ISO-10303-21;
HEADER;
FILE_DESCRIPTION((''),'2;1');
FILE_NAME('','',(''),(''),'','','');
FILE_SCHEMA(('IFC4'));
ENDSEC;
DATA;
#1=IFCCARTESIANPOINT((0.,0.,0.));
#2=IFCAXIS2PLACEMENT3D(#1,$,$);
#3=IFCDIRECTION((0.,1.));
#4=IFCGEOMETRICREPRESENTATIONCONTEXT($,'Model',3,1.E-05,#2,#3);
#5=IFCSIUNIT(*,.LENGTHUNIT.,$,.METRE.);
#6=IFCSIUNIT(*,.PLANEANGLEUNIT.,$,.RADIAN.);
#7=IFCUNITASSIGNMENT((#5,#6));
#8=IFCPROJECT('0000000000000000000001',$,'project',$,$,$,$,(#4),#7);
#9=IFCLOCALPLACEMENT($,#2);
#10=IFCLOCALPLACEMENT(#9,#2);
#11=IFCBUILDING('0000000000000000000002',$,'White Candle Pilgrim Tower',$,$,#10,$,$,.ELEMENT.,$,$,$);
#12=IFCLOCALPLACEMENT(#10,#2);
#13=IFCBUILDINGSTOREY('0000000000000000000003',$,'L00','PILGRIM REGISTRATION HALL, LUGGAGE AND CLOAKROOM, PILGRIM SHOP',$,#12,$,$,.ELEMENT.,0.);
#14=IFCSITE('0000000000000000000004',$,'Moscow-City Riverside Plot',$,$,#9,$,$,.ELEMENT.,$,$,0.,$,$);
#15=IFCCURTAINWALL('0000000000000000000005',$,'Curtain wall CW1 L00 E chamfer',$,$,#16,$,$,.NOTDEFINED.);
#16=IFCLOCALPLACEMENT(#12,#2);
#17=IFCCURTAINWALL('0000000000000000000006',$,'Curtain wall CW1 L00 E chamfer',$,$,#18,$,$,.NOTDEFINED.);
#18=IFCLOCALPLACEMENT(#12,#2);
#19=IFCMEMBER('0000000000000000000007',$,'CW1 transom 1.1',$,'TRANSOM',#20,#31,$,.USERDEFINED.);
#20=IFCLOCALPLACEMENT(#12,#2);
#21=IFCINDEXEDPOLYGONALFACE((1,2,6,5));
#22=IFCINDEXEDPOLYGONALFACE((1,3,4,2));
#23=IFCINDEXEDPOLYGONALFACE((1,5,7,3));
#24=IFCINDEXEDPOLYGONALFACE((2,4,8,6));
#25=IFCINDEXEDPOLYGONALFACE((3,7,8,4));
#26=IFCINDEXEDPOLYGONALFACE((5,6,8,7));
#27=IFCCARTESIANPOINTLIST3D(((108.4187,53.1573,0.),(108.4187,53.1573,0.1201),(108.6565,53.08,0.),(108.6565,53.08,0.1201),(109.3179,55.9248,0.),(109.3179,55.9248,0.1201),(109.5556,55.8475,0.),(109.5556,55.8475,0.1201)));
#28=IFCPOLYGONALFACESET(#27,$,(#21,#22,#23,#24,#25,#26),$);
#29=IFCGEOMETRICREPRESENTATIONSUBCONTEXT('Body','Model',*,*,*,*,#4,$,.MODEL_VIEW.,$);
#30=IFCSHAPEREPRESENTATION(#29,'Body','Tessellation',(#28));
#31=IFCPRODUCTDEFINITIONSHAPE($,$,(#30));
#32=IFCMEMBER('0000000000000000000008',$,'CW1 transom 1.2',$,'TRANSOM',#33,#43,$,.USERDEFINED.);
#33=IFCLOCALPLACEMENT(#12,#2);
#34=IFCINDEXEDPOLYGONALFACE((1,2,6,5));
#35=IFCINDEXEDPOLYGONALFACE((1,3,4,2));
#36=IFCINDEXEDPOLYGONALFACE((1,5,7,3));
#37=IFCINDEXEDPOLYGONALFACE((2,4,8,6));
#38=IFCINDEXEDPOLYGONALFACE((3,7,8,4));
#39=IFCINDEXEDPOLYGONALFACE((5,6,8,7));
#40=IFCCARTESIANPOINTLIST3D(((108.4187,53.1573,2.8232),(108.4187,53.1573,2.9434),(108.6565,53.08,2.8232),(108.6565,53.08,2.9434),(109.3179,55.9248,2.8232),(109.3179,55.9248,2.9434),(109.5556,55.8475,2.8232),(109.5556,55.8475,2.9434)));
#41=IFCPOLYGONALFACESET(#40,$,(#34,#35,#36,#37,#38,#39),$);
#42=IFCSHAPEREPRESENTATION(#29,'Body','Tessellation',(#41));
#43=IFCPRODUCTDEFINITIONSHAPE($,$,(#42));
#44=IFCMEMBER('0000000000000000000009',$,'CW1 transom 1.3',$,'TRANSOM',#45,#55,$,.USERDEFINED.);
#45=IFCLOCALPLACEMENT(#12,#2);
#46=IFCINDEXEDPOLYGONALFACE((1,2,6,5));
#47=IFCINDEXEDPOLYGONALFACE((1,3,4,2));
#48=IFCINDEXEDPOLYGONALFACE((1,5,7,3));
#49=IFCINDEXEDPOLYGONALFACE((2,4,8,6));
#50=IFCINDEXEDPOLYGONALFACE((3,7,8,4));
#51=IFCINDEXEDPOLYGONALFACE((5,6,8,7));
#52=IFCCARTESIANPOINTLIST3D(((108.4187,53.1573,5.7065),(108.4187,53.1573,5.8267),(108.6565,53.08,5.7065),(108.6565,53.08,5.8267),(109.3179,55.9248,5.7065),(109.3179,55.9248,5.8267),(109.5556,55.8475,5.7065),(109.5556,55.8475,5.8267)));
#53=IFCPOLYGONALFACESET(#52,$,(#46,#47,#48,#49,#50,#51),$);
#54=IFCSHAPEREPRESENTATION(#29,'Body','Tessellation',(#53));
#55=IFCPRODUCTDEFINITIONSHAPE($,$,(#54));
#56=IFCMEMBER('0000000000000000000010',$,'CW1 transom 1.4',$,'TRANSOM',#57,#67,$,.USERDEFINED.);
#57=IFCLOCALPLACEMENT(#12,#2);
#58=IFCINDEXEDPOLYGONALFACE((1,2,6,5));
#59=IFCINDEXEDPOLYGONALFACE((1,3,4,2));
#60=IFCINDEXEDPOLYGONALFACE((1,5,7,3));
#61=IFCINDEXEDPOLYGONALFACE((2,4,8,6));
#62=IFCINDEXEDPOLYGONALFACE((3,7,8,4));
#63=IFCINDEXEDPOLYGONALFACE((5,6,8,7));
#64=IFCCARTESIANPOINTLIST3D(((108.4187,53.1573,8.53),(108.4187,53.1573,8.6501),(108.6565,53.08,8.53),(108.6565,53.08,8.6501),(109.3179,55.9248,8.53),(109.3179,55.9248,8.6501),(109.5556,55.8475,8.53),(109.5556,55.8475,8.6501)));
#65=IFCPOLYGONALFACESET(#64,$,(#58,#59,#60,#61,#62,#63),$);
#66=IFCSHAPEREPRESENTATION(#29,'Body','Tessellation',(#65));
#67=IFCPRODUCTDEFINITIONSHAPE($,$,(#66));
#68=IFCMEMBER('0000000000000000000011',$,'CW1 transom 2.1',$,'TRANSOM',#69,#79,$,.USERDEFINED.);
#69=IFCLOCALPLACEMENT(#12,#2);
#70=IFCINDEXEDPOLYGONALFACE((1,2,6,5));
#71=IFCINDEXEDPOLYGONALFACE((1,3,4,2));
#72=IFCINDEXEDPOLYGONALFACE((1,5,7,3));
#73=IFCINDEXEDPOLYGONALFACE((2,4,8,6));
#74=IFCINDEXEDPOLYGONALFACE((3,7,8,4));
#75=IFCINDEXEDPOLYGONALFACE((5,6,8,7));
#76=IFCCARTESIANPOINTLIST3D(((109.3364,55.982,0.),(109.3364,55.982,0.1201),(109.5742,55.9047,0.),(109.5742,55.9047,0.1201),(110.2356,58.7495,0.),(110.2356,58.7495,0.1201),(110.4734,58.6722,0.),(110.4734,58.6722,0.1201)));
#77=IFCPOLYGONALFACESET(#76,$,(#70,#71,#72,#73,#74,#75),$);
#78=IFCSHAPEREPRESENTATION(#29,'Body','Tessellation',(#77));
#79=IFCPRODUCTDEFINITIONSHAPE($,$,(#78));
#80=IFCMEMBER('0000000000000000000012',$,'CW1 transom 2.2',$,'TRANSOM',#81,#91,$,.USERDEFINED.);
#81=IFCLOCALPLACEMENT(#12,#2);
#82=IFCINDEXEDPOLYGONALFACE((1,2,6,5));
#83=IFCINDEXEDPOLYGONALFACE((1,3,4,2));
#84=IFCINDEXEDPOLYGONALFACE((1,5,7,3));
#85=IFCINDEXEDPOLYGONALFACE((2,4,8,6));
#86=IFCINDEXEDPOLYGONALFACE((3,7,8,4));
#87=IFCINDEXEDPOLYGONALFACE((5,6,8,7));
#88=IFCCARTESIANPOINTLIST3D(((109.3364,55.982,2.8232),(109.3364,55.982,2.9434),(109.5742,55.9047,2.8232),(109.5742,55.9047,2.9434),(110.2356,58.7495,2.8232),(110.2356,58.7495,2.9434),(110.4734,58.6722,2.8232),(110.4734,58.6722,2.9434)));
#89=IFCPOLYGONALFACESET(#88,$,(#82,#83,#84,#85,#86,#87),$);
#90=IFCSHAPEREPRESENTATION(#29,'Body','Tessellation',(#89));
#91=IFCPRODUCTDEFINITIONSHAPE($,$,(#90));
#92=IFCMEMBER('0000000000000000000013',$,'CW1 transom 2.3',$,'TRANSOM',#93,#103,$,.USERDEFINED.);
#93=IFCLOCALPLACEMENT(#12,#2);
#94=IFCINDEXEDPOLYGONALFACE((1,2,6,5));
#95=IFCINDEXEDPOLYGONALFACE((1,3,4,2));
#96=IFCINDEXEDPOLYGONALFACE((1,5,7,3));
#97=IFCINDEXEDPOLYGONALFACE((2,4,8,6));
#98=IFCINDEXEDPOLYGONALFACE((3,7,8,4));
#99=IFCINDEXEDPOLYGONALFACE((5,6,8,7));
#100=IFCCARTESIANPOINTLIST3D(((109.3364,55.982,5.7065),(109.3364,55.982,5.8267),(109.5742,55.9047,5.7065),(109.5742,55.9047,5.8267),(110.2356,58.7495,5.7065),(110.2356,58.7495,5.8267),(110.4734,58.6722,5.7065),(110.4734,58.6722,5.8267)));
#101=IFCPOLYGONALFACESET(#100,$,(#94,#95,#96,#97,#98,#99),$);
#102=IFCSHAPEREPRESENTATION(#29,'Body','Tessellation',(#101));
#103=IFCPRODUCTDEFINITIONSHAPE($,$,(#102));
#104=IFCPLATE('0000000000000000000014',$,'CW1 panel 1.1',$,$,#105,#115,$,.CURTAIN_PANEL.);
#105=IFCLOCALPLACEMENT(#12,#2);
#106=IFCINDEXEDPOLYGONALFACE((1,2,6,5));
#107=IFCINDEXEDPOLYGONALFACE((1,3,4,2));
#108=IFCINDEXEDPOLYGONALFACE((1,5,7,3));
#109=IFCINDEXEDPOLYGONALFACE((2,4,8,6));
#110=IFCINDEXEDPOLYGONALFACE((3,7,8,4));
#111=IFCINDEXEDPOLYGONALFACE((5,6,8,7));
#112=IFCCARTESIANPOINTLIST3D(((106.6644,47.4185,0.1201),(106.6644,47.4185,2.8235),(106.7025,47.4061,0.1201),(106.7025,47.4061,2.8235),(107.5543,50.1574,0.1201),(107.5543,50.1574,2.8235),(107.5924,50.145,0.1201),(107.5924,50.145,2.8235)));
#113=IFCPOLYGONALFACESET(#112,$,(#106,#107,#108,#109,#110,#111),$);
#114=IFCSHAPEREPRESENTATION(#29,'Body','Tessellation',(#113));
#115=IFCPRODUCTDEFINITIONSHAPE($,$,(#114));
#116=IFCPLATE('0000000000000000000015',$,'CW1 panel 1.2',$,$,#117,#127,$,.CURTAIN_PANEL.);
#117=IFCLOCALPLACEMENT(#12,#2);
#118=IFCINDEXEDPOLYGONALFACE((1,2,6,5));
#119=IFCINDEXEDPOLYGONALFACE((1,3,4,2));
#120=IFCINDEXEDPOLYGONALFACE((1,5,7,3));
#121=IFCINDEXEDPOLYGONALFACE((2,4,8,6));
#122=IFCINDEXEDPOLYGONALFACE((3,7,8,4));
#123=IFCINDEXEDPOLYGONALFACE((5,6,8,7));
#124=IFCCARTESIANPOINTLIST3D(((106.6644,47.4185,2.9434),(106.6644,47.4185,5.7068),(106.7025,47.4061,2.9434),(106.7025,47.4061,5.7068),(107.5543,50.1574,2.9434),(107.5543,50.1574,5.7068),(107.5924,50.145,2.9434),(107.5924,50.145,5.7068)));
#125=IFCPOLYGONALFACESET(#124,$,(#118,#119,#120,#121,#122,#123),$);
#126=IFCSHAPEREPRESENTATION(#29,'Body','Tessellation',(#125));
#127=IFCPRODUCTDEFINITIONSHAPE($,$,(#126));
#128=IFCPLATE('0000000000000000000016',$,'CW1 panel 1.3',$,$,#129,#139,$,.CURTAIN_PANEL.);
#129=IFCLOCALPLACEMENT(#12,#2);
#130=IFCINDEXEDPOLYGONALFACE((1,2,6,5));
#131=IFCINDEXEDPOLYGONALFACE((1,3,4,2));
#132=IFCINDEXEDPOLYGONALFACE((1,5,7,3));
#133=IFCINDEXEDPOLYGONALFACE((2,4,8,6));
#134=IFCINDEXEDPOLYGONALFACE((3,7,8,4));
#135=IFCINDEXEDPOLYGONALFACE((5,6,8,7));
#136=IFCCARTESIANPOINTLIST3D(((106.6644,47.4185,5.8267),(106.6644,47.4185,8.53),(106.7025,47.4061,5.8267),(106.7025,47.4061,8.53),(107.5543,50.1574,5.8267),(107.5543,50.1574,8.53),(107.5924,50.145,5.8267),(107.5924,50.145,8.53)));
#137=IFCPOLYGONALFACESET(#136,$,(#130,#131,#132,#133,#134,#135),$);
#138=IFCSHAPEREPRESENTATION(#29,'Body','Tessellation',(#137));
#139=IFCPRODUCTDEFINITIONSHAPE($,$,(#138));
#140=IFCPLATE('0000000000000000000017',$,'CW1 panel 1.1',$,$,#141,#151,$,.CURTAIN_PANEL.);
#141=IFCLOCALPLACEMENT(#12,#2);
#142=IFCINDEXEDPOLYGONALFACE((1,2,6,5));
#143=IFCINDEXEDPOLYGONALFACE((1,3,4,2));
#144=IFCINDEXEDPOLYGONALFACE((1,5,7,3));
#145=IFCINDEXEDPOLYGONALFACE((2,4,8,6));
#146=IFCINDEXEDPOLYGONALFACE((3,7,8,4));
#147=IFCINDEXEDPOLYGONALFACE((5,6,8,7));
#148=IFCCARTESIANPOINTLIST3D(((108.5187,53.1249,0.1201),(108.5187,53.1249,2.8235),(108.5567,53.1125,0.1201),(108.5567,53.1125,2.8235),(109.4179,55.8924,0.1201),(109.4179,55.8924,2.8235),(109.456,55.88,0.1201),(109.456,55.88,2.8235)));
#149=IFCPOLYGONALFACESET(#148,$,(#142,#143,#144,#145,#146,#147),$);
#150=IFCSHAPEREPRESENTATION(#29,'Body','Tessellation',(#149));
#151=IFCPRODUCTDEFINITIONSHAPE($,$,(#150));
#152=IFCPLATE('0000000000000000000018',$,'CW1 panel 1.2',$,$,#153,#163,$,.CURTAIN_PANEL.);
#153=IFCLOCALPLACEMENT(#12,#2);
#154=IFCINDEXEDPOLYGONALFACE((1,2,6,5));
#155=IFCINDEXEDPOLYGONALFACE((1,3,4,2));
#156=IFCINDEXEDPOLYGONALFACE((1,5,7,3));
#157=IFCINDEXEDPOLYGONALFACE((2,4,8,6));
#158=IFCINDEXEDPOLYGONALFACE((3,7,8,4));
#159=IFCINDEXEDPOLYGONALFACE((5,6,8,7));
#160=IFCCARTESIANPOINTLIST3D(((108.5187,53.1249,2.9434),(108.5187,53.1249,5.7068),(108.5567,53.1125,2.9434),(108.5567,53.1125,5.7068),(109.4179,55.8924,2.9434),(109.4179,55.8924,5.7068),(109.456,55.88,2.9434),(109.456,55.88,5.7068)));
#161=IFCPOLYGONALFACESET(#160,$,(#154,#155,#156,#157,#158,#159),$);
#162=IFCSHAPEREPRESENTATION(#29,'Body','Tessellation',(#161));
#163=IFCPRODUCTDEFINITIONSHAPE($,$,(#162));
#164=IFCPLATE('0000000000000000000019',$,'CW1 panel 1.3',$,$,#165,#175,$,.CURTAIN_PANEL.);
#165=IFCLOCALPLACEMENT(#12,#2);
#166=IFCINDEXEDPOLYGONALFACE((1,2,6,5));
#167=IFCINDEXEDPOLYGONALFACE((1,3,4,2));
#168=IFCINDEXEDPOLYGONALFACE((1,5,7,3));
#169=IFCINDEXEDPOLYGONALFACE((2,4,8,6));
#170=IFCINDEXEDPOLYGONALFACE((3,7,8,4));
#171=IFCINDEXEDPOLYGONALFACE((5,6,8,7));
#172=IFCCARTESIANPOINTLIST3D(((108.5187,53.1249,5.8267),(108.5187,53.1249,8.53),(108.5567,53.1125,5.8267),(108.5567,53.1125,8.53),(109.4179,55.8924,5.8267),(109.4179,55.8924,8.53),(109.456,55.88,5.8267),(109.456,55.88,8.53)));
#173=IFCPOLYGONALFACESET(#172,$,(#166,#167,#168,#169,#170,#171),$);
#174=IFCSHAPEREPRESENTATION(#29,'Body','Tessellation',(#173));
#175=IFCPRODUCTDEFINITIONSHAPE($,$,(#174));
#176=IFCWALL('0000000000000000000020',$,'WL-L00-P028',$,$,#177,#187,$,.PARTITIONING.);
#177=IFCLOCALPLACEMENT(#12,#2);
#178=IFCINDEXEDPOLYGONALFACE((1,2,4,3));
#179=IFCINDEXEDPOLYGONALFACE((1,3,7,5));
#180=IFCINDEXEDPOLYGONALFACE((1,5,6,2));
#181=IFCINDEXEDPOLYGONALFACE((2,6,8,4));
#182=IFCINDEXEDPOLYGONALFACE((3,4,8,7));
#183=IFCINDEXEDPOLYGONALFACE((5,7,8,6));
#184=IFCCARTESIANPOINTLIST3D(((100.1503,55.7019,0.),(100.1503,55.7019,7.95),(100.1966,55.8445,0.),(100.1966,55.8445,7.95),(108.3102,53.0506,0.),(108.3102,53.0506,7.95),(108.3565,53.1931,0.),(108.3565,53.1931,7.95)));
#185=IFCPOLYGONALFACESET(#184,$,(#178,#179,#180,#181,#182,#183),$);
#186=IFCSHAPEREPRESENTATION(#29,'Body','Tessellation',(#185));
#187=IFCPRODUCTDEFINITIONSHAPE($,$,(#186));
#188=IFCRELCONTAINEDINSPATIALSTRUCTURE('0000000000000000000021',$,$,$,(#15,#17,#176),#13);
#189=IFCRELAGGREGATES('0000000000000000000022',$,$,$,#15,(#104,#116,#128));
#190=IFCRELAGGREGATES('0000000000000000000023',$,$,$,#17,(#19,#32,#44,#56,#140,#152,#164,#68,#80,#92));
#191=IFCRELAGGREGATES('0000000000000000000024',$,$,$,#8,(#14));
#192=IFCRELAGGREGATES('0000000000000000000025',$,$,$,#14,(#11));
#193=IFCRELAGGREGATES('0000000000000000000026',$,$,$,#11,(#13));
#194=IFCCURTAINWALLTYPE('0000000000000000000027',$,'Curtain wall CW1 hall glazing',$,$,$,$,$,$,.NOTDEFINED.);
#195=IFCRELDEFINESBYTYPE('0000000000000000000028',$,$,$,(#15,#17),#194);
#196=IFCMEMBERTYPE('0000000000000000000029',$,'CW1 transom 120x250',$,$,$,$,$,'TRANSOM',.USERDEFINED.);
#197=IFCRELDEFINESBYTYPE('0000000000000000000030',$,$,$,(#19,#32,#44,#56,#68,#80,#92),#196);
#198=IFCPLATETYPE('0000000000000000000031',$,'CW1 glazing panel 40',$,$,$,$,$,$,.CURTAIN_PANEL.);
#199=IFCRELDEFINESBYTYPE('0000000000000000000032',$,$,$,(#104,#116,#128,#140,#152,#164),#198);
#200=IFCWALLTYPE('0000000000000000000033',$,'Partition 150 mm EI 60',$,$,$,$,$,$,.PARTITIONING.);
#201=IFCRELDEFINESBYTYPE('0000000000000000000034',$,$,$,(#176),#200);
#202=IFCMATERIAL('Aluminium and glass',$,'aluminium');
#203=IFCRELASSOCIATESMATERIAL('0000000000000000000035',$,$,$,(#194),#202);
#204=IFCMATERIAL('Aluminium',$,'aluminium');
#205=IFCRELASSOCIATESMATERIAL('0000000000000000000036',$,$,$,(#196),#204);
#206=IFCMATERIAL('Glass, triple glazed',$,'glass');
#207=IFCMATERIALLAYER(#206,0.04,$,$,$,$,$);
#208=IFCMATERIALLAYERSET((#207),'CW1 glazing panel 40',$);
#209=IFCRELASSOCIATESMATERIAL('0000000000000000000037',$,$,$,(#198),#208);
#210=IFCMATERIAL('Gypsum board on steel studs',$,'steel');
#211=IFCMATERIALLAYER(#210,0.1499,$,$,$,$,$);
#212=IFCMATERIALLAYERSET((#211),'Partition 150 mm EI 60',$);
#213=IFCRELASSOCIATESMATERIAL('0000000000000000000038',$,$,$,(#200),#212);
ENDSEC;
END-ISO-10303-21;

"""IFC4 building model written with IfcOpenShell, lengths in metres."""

from ifc_helpers import new_model, si_unit, direction, frame, frame_2d, origin, origin_2d, place, context, subcontext, project, spatial, rectangle, extrude, material, layer, layer_set, material_profile, profile_set, type_object, element, aggregate, save


model = new_model("IFC4")

# Units and contexts
model_context = context("Model", 3, precision=1e-05, world=origin(), true_north=direction((0.0, 1.0)))
body_context = subcontext(model_context, "Body", "Model", "MODEL_VIEW")
ifc_project = project(units=[si_unit("LENGTHUNIT", "METRE"), si_unit("PLANEANGLEUNIT", "RADIAN")], contexts=[model_context])

# Site, building, storey
site_placement = place(None, origin())
site = spatial("IfcSite", under=ifc_project, at=site_placement, Name="Moscow-City Riverside Plot", CompositionType="ELEMENT", RefElevation=0.0)
building_placement = place(site_placement, origin())
building = spatial("IfcBuilding", under=site, at=building_placement, Name="White Candle Pilgrim Tower", CompositionType="ELEMENT")
storey_placement = place(building_placement, origin())
storey = spatial("IfcBuildingStorey", under=building, at=storey_placement, Name="L00", Description="PILGRIM REGISTRATION HALL, LUGGAGE AND CLOAKROOM, PILGRIM SHOP", CompositionType="ELEMENT", Elevation=0.0)

# Curtain walls
ifc_material_1 = material(Name="Aluminium and glass", Category="aluminium")
curtain_wall_type = type_object("IfcCurtainWallType", Name="Curtain wall CW1 hall glazing", PredefinedType="NOTDEFINED", material=ifc_material_1)
curtain_wall_1_placement = place(storey_placement, origin())
curtain_wall_1 = element("IfcCurtainWall", 1, at=curtain_wall_1_placement, inside=storey, type_object=curtain_wall_type, Name="Curtain wall CW1 L00 E chamfer", PredefinedType="NOTDEFINED")
ifc_material_2 = material(Name="Aluminium", Category="aluminium")
curtain_wall_2_placement = place(storey_placement, origin())
curtain_wall_2 = element("IfcCurtainWall", 2, at=curtain_wall_2_placement, inside=storey, type_object=curtain_wall_type, Name="Curtain wall CW1 L00 E chamfer", PredefinedType="NOTDEFINED")

# Members
ifc_material_profile_1 = material_profile(ifc_material_2, rectangle(XDim=0.25, YDim=0.1201, at=origin_2d()), Name="CW1 transom 120x250")
ifc_profile_set_1 = profile_set([ifc_material_profile_1], Name="Aluminium")
member_type_1 = type_object("IfcMemberType", Name="CW1 transom 120x250", ElementType="TRANSOM", PredefinedType="USERDEFINED", material=ifc_profile_set_1)
member_1_placement = place(storey_placement, frame((108.5376, 53.1187, 0.0601), z_axis=(0.308995, 0.951064, 0.0), x_axis=(-0.951064, 0.308995, 0.0)))
member_1 = element("IfcMember", 3, at=member_1_placement, type_object=member_type_1, Name="CW1 transom 1.1", ObjectType="TRANSOM", PredefinedType="USERDEFINED", context=body_context, shape_type="SweptSolid", body=[
    extrude(rectangle(XDim=0.25, YDim=0.1201, at=origin_2d()), origin(), (0.0, 0.0, 1.0), 2.9099),
])
member_2_placement = place(storey_placement, frame((108.5376, 53.1187, 2.8833), z_axis=(0.308995, 0.951064, 0.0), x_axis=(-0.951064, 0.308995, 0.0)))
member_2 = element("IfcMember", 4, at=member_2_placement, type_object=member_type_1, Name="CW1 transom 1.2", ObjectType="TRANSOM", PredefinedType="USERDEFINED", context=body_context, shape_type="SweptSolid", body=[
    extrude(rectangle(XDim=0.25, YDim=0.1201, at=origin_2d()), origin(), (0.0, 0.0, 1.0), 2.9099),
])
member_3_placement = place(storey_placement, frame((108.5376, 53.1187, 5.7666), z_axis=(0.308995, 0.951064, 0.0), x_axis=(-0.951064, 0.308995, 0.0)))
member_3 = element("IfcMember", 5, at=member_3_placement, type_object=member_type_1, Name="CW1 transom 1.3", ObjectType="TRANSOM", PredefinedType="USERDEFINED", context=body_context, shape_type="SweptSolid", body=[
    extrude(rectangle(XDim=0.25, YDim=0.1201, at=origin_2d()), origin(), (0.0, 0.0, 1.0), 2.9099),
])
member_4_placement = place(storey_placement, frame((108.5376, 53.1187, 8.5901), z_axis=(0.308995, 0.951064, 0.0), x_axis=(-0.951064, 0.308995, 0.0)))
member_4 = element("IfcMember", 6, at=member_4_placement, type_object=member_type_1, Name="CW1 transom 1.4", ObjectType="TRANSOM", PredefinedType="USERDEFINED", context=body_context, shape_type="SweptSolid", body=[
    extrude(rectangle(XDim=0.25, YDim=0.1201, at=origin_2d()), origin(), (0.0, 0.0, 1.0), 2.9099),
])
member_5_placement = place(storey_placement, frame((109.4553, 55.9434, 0.0601), z_axis=(0.308995, 0.951064, 0.0), x_axis=(-0.951064, 0.308995, 0.0)))
member_5 = element("IfcMember", 7, at=member_5_placement, type_object=member_type_1, Name="CW1 transom 2.1", ObjectType="TRANSOM", PredefinedType="USERDEFINED", context=body_context, shape_type="SweptSolid", body=[
    extrude(rectangle(XDim=0.25, YDim=0.1201, at=origin_2d()), origin(), (0.0, 0.0, 1.0), 2.9099),
])
member_6_placement = place(storey_placement, frame((109.4553, 55.9434, 2.8833), z_axis=(0.308995, 0.951064, 0.0), x_axis=(-0.951064, 0.308995, 0.0)))
member_6 = element("IfcMember", 8, at=member_6_placement, type_object=member_type_1, Name="CW1 transom 2.2", ObjectType="TRANSOM", PredefinedType="USERDEFINED", context=body_context, shape_type="SweptSolid", body=[
    extrude(rectangle(XDim=0.25, YDim=0.1201, at=origin_2d()), origin(), (0.0, 0.0, 1.0), 2.9099),
])
member_7_placement = place(storey_placement, frame((109.4553, 55.9434, 5.7666), z_axis=(0.308995, 0.951064, 0.0), x_axis=(-0.951064, 0.308995, 0.0)))
member_7 = element("IfcMember", 9, at=member_7_placement, type_object=member_type_1, Name="CW1 transom 2.3", ObjectType="TRANSOM", PredefinedType="USERDEFINED", context=body_context, shape_type="SweptSolid", body=[
    extrude(rectangle(XDim=0.25, YDim=0.1201, at=origin_2d()), origin(), (0.0, 0.0, 1.0), 2.9099),
])

# Plates
ifc_material_3 = material(Name="Glass, triple glazed", Category="glass")
ifc_layer_1 = layer(ifc_material_3, 0.04)
ifc_layer_set_1 = layer_set([ifc_layer_1], Name="CW1 glazing panel 40")
plate_type = type_object("IfcPlateType", Name="CW1 glazing panel 40", PredefinedType="CURTAIN_PANEL", material=ifc_layer_set_1)
plate_1_placement = place(storey_placement, frame((107.1284, 48.7817, 0.1201), z_axis=(0.0, 0.0, 1.0), x_axis=(0.309017, 0.951057, 0.0)))
plate_1 = element("IfcPlate", 10, at=plate_1_placement, type_object=plate_type, Name="CW1 panel 1.1", PredefinedType="CURTAIN_PANEL", context=body_context, shape_type="SweptSolid", body=[
    extrude(rectangle(XDim=2.8799, YDim=0.04, at=origin_2d()), origin(), (0.0, 0.0, 1.0), 2.7034),
])
plate_2_placement = place(storey_placement, frame((107.1284, 48.7817, 2.9434), z_axis=(0.0, 0.0, 1.0), x_axis=(0.309017, 0.951057, 0.0)))
plate_2 = element("IfcPlate", 11, at=plate_2_placement, type_object=plate_type, Name="CW1 panel 1.2", PredefinedType="CURTAIN_PANEL", context=body_context, shape_type="SweptSolid", body=[
    extrude(rectangle(XDim=2.8799, YDim=0.04, at=origin_2d()), origin(), (0.0, 0.0, 1.0), 2.7634),
])
plate_3_placement = place(storey_placement, frame((107.1284, 48.7817, 5.8267), z_axis=(0.0, 0.0, 1.0), x_axis=(0.309017, 0.951057, 0.0)))
plate_3 = element("IfcPlate", 12, at=plate_3_placement, type_object=plate_type, Name="CW1 panel 1.3", PredefinedType="CURTAIN_PANEL", context=body_context, shape_type="SweptSolid", body=[
    extrude(rectangle(XDim=2.8799, YDim=0.04, at=origin_2d()), origin(), (0.0, 0.0, 1.0), 2.7034),
])
aggregate(curtain_wall_1, [plate_1, plate_2, plate_3])
plate_4_placement = place(storey_placement, frame((108.9873, 54.5024, 0.1201), z_axis=(0.0, 0.0, 1.0), x_axis=(0.309017, 0.951057, 0.0)))
plate_4 = element("IfcPlate", 13, at=plate_4_placement, type_object=plate_type, Name="CW1 panel 1.1", PredefinedType="CURTAIN_PANEL", context=body_context, shape_type="SweptSolid", body=[
    extrude(rectangle(XDim=2.9099, YDim=0.04, at=origin_2d()), origin(), (0.0, 0.0, 1.0), 2.7034),
])
plate_5_placement = place(storey_placement, frame((108.9873, 54.5024, 2.9434), z_axis=(0.0, 0.0, 1.0), x_axis=(0.309017, 0.951057, 0.0)))
plate_5 = element("IfcPlate", 14, at=plate_5_placement, type_object=plate_type, Name="CW1 panel 1.2", PredefinedType="CURTAIN_PANEL", context=body_context, shape_type="SweptSolid", body=[
    extrude(rectangle(XDim=2.9099, YDim=0.04, at=origin_2d()), origin(), (0.0, 0.0, 1.0), 2.7634),
])
plate_6_placement = place(storey_placement, frame((108.9873, 54.5024, 5.8267), z_axis=(0.0, 0.0, 1.0), x_axis=(0.309017, 0.951057, 0.0)))
plate_6 = element("IfcPlate", 15, at=plate_6_placement, type_object=plate_type, Name="CW1 panel 1.3", PredefinedType="CURTAIN_PANEL", context=body_context, shape_type="SweptSolid", body=[
    extrude(rectangle(XDim=2.9099, YDim=0.04, at=origin_2d()), origin(), (0.0, 0.0, 1.0), 2.7034),
])
aggregate(curtain_wall_2, [member_1, member_2, member_3, member_4, plate_4, plate_5, plate_6, member_5, member_6, member_7])

# Wall
ifc_material_4 = material(Name="Gypsum board on steel studs", Category="steel")
ifc_layer_2 = layer(ifc_material_4, 0.1499)
ifc_layer_set_2 = layer_set([ifc_layer_2], Name="Partition 150 mm EI 60")
wall_type_1 = type_object("IfcWallType", Name="Partition 150 mm EI 60", PredefinedType="PARTITIONING", material=ifc_layer_set_2)
wall_1_placement = place(storey_placement, frame((108.3335, 53.1218, 0.0), z_axis=(0.0, 0.0, 1.0), x_axis=(-0.951055, 0.309022, 0.0)))
element("IfcWall", 16, at=wall_1_placement, inside=storey, type_object=wall_type_1, Name="WL-L00-P028", PredefinedType="PARTITIONING", context=body_context, shape_type="SweptSolid", body=[
    extrude(rectangle(XDim=8.5798, YDim=0.1499, at=frame_2d((4.29, 0.0))), origin(), (0.0, 0.0, 1.0), 7.95),
])

save(model, "model.ifc")
